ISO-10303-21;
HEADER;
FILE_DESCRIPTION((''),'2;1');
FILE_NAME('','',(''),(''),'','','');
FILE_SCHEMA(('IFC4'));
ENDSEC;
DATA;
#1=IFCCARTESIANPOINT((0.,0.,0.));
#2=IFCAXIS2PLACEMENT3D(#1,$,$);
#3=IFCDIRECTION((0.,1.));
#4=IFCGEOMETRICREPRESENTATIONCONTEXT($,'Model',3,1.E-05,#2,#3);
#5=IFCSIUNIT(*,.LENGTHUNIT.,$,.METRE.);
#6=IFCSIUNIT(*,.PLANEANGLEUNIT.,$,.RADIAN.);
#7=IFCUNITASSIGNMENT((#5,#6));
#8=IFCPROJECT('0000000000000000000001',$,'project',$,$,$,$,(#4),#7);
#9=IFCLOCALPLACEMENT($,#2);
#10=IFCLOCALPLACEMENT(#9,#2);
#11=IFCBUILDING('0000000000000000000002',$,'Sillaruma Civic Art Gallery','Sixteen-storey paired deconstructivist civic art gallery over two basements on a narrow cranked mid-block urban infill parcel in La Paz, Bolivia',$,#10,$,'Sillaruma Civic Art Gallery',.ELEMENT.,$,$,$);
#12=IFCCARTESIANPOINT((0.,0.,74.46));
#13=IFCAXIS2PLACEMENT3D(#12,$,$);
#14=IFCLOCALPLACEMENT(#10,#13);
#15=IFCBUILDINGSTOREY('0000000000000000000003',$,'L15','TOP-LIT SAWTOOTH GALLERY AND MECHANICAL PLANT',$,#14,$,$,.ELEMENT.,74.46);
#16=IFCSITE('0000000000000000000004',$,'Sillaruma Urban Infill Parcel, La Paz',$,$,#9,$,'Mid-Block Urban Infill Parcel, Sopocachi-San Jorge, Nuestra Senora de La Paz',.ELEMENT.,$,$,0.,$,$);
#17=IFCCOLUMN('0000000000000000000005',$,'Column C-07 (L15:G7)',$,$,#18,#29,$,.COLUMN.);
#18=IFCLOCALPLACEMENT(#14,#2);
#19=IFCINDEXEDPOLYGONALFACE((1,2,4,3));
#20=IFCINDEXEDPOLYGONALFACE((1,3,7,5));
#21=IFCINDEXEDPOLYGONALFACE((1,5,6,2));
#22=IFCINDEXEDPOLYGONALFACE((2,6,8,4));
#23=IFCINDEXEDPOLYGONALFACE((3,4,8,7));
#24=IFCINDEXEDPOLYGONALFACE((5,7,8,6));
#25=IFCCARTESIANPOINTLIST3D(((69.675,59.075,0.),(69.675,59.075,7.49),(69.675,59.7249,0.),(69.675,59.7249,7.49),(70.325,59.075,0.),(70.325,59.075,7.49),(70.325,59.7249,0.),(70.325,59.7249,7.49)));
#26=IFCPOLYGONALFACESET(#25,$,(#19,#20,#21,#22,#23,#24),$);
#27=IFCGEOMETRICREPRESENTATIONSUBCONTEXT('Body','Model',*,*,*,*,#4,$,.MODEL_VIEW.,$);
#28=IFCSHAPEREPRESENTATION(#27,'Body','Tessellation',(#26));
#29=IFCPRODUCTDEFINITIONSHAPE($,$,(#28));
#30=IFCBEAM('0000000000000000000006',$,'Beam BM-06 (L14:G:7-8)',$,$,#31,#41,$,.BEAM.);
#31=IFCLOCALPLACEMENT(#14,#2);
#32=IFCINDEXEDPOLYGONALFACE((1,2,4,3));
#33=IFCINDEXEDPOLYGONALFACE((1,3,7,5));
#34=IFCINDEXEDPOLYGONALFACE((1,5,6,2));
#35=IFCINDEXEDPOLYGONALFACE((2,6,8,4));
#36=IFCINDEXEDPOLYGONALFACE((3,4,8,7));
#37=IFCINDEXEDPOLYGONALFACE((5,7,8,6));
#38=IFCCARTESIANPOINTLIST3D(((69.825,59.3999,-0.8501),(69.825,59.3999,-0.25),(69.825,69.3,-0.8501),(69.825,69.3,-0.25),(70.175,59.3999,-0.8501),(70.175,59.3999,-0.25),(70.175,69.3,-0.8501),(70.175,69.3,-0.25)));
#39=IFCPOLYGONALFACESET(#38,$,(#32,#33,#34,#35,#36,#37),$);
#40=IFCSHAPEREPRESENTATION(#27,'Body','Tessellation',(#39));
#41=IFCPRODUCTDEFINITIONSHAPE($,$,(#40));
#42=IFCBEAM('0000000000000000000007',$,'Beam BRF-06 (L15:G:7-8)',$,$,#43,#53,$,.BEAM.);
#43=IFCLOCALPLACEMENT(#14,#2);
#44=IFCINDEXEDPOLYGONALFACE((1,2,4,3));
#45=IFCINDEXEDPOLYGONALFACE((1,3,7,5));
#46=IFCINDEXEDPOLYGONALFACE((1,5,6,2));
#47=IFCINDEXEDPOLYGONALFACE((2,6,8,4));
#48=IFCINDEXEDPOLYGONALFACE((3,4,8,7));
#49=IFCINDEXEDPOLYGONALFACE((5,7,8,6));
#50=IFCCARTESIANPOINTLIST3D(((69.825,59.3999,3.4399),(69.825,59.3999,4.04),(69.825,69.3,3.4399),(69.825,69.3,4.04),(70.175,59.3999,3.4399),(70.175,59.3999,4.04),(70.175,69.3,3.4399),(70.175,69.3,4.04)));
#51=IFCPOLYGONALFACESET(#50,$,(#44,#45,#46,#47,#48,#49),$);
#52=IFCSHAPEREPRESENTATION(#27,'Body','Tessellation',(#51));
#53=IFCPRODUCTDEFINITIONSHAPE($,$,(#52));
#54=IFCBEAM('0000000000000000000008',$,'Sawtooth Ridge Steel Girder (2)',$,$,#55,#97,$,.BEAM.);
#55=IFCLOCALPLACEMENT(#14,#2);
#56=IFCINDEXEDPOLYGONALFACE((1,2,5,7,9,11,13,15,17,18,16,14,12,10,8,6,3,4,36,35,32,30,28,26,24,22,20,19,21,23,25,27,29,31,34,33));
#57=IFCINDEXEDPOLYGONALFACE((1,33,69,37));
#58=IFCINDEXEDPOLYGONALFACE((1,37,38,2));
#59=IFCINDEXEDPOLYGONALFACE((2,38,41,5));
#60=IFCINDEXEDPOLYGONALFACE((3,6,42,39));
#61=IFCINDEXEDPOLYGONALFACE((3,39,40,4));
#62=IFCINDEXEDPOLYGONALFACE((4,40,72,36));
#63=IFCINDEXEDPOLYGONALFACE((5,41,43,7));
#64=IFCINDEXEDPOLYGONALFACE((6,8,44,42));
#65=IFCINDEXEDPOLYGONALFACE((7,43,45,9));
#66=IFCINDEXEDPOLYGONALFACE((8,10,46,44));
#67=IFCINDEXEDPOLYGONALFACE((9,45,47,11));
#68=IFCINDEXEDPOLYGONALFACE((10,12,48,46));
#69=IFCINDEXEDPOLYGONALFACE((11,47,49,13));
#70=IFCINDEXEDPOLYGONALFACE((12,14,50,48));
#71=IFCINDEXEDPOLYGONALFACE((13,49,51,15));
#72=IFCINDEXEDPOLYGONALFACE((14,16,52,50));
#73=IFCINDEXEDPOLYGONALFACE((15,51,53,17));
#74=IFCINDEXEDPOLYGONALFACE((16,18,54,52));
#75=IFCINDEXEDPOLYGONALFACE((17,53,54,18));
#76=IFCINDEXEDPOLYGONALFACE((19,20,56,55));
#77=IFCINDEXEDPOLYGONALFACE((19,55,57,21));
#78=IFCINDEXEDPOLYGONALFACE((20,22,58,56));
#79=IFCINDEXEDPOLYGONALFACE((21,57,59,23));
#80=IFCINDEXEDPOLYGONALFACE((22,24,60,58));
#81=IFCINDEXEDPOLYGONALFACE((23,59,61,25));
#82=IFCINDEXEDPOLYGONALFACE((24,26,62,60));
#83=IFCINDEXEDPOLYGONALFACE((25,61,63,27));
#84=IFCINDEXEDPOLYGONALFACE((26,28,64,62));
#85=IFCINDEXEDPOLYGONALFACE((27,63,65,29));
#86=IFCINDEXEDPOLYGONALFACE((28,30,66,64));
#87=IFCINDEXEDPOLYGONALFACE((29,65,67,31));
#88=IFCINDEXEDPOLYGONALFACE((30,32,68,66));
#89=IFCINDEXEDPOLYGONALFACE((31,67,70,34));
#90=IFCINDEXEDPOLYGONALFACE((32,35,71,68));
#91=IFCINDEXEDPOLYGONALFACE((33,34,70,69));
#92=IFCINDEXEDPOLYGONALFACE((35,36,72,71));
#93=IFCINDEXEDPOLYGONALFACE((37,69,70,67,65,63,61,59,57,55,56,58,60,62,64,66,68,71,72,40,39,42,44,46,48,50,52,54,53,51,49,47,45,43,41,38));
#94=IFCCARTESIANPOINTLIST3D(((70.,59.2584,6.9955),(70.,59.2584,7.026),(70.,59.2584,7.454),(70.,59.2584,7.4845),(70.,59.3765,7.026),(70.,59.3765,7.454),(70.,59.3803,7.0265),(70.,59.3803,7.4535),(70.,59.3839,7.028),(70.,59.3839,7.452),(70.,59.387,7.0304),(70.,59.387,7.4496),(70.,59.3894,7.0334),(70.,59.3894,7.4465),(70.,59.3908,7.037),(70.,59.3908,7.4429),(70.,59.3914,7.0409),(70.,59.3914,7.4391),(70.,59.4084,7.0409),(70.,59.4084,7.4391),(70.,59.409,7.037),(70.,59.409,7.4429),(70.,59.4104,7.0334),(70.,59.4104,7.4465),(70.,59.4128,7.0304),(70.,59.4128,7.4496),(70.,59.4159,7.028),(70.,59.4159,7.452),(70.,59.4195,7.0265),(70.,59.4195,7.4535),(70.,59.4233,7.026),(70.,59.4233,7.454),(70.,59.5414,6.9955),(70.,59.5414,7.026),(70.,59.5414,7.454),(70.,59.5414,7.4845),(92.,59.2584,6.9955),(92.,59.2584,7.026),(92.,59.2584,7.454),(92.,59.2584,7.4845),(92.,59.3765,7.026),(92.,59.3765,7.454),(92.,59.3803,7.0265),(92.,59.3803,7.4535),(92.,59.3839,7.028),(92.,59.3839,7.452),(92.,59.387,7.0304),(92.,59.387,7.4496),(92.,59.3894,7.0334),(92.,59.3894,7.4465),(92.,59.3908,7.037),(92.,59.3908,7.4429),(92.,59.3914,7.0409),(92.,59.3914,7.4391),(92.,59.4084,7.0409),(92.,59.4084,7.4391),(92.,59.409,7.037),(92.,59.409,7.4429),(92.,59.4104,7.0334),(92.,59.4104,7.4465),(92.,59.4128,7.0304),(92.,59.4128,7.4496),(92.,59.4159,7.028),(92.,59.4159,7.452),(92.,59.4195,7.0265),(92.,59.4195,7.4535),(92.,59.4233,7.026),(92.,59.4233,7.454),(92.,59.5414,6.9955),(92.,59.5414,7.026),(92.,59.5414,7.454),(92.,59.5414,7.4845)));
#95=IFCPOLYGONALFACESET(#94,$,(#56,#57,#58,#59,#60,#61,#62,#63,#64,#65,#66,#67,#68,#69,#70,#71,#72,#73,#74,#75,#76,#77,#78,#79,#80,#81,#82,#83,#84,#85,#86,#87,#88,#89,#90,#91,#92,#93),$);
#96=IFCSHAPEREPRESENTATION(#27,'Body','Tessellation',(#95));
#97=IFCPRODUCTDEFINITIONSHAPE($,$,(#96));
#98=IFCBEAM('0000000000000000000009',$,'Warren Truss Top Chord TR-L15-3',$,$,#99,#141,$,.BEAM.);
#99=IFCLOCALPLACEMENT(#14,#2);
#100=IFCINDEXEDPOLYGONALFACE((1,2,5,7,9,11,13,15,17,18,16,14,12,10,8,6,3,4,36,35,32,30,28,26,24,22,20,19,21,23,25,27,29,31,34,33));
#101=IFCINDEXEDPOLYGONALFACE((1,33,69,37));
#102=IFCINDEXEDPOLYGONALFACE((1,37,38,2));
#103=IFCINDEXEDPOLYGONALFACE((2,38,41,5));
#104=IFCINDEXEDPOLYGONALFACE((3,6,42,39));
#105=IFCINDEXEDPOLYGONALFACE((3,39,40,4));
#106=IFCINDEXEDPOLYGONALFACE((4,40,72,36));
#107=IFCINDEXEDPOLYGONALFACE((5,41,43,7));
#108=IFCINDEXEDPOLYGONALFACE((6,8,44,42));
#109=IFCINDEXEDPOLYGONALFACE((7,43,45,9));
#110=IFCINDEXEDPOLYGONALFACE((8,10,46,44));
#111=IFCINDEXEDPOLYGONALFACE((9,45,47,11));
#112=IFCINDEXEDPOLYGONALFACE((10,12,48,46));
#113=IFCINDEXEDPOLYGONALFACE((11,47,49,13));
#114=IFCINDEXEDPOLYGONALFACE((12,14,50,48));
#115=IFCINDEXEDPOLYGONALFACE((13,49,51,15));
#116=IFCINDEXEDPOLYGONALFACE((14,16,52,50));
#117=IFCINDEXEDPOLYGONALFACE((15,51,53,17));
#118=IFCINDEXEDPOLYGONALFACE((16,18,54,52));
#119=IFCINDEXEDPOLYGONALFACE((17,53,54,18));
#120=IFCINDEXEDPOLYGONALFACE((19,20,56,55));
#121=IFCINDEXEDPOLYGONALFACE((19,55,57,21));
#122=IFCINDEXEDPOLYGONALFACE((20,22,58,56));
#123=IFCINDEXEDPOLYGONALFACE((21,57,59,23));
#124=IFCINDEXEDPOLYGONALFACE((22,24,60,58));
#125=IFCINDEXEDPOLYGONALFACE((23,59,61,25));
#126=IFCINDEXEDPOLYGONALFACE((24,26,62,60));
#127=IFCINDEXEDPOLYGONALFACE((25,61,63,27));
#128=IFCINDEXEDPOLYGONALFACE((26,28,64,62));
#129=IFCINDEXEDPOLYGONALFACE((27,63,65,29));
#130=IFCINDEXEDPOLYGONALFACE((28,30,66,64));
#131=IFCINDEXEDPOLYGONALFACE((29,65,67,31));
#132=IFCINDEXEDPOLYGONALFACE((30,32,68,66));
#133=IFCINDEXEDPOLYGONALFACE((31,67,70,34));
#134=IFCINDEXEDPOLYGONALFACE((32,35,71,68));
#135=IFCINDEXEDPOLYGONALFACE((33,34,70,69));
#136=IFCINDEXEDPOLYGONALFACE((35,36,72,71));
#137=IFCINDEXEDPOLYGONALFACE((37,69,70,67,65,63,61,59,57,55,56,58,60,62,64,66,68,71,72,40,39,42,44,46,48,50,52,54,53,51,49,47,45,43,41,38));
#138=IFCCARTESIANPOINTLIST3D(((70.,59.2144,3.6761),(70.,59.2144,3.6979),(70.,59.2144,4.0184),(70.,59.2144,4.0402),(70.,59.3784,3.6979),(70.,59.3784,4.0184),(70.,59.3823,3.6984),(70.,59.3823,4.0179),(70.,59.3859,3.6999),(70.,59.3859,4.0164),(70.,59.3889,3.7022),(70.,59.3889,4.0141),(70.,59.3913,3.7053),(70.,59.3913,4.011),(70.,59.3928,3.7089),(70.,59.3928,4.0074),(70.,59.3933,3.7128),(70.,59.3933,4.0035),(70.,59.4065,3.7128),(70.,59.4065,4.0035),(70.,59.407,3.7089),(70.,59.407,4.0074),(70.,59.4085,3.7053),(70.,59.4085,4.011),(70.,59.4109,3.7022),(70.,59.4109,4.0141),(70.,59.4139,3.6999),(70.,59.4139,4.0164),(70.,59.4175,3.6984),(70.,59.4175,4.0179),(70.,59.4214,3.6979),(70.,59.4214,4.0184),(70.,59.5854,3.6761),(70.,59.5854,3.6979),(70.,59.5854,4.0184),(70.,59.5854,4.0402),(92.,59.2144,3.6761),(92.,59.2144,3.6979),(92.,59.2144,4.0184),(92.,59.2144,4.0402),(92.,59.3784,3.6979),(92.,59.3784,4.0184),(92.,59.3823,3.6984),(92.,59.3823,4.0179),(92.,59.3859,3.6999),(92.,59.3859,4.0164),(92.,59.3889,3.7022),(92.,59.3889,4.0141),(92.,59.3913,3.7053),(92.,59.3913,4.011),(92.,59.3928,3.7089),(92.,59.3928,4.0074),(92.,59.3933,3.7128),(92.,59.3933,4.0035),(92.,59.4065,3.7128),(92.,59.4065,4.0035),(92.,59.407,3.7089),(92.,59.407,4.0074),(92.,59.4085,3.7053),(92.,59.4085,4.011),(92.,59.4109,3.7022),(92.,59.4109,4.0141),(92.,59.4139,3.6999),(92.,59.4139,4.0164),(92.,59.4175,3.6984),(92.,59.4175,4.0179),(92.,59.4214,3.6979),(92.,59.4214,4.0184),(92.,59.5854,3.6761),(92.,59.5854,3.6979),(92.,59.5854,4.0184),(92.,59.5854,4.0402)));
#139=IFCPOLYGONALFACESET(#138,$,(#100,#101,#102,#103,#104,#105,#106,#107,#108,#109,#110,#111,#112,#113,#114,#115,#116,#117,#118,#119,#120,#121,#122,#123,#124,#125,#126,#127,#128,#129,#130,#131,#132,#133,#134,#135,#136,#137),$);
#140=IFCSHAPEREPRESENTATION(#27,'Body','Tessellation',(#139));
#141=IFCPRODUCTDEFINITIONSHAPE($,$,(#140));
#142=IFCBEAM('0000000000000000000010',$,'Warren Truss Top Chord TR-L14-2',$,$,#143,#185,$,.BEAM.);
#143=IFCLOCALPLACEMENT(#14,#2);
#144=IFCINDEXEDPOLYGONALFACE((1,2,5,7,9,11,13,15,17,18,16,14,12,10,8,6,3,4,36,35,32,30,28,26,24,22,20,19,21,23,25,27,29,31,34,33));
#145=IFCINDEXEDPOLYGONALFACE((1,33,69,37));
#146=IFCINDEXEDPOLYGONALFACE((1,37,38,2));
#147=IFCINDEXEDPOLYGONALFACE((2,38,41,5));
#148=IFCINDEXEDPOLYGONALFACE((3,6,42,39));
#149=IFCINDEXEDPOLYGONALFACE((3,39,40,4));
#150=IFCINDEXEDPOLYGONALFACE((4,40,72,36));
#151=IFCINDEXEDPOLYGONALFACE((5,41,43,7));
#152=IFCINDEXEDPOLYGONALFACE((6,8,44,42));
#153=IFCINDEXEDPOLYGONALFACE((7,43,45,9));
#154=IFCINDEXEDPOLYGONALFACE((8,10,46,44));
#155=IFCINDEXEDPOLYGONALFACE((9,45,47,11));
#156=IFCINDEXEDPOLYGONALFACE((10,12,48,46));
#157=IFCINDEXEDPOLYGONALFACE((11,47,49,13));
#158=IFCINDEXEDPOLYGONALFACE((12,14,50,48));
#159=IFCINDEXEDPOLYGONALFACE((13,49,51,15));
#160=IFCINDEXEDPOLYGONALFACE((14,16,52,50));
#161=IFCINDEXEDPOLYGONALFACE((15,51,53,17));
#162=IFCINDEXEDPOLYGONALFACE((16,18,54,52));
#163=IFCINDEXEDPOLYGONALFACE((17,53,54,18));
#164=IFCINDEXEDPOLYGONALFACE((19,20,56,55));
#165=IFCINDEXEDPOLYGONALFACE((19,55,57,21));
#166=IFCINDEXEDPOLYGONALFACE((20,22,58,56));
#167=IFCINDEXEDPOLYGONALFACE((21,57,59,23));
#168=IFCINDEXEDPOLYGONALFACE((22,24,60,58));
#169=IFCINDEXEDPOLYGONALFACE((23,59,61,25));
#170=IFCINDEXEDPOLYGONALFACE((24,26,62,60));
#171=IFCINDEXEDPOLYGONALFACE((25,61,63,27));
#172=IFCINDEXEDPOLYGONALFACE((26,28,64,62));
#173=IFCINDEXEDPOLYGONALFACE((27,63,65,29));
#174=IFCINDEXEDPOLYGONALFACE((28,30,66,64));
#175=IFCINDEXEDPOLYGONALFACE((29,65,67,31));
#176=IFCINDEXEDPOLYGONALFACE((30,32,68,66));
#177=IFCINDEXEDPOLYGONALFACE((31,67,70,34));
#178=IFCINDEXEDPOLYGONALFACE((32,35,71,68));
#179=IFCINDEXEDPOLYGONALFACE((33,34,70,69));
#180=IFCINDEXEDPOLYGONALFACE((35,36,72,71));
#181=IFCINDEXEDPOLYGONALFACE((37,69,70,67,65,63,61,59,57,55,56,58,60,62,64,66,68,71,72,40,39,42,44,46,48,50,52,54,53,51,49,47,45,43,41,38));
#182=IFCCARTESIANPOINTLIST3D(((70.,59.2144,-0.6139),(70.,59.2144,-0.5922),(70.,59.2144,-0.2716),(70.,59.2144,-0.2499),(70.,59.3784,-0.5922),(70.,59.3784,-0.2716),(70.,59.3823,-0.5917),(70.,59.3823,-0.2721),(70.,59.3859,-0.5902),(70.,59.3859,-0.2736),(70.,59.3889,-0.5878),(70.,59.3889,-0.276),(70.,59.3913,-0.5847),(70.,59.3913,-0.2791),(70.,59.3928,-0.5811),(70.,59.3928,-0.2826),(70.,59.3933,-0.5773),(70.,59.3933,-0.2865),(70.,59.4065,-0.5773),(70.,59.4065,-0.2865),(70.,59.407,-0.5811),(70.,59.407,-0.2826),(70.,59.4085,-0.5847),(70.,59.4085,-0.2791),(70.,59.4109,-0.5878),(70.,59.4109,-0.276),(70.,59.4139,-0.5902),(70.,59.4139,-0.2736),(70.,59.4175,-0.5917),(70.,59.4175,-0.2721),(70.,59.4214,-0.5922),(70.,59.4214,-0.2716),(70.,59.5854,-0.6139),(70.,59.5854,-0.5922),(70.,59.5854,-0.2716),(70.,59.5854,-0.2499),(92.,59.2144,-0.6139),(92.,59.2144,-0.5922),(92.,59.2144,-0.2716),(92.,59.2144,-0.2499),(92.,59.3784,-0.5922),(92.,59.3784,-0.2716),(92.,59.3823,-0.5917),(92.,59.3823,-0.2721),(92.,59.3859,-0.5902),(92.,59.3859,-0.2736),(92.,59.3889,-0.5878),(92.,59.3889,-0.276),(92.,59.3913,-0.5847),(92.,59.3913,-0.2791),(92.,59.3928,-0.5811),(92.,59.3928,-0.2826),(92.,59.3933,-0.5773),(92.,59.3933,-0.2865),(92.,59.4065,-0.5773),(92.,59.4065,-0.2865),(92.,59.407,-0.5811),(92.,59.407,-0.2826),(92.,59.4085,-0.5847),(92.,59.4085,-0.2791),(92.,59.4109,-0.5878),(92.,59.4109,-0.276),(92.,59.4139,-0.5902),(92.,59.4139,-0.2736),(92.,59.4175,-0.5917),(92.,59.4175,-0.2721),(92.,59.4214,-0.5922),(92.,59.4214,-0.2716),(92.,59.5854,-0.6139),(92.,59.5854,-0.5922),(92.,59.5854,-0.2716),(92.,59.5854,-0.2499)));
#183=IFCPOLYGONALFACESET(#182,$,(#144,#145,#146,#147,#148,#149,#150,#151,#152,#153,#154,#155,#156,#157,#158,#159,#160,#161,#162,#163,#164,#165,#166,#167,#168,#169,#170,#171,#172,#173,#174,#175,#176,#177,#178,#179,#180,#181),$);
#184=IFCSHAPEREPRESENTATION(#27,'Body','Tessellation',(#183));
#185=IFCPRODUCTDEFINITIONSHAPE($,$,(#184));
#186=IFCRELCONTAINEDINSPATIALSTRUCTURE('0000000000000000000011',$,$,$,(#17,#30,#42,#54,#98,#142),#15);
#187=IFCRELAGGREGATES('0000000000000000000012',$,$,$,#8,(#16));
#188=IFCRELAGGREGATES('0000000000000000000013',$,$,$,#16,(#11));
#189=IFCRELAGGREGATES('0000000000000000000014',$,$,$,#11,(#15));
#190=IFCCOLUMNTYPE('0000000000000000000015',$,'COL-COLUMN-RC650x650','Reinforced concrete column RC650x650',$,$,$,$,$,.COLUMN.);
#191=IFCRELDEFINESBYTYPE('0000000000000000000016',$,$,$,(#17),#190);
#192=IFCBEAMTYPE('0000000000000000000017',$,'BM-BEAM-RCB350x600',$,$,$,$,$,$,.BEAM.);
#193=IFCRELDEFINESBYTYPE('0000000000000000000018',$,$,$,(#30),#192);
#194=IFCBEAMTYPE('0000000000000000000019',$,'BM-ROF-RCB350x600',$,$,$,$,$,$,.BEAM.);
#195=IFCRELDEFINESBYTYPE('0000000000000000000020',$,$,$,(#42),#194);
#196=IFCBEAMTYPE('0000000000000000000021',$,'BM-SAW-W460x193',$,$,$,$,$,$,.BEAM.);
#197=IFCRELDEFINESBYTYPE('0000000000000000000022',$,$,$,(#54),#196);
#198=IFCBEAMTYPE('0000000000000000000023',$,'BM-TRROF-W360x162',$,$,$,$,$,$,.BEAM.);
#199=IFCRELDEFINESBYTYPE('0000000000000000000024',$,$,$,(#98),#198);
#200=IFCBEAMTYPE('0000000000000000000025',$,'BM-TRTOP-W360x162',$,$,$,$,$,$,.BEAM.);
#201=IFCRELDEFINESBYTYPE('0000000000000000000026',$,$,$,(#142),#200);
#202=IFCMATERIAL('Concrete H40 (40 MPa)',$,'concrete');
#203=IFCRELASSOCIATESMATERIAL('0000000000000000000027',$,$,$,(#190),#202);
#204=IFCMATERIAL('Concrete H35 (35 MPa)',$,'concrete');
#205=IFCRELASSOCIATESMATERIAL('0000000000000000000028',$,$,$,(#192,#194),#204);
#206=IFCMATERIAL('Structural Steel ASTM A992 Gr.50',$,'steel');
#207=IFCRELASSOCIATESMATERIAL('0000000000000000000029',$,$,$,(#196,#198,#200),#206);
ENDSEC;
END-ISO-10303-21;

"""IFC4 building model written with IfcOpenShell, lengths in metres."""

from ifc_helpers import new_model, si_unit, direction, frame, origin, origin_2d, place, context, subcontext, project, spatial, rectangle, i_section, extrude, material, material_profile, profile_set, type_object, element, save


model = new_model("IFC4")

# Units and contexts
model_context = context("Model", 3, precision=1e-05, world=origin(), true_north=direction((0.0, 1.0)))
body_context = subcontext(model_context, "Body", "Model", "MODEL_VIEW")
ifc_project = project(units=[si_unit("LENGTHUNIT", "METRE"), si_unit("PLANEANGLEUNIT", "RADIAN")], contexts=[model_context])

# Site, building, storey
site_placement = place(None, origin())
site = spatial("IfcSite", under=ifc_project, at=site_placement, Name="Sillaruma Urban Infill Parcel, La Paz", LongName="Mid-Block Urban Infill Parcel, Sopocachi-San Jorge, Nuestra Senora de La Paz", CompositionType="ELEMENT", RefElevation=0.0)
building_placement = place(site_placement, origin())
building = spatial("IfcBuilding", under=site, at=building_placement, Name="Sillaruma Civic Art Gallery", Description="Sixteen-storey paired deconstructivist civic art gallery over two basements on a narrow cranked mid-block urban infill parcel in La Paz, Bolivia", LongName="Sillaruma Civic Art Gallery", CompositionType="ELEMENT")
storey_placement = place(building_placement, frame((0.0, 0.0, 74.46)))
storey = spatial("IfcBuildingStorey", under=building, at=storey_placement, Name="L15", Description="TOP-LIT SAWTOOTH GALLERY AND MECHANICAL PLANT", CompositionType="ELEMENT", Elevation=74.46)

# Column
ifc_material_1 = material(Name="Concrete H40 (40 MPa)", Category="concrete")
ifc_material_profile_1 = material_profile(ifc_material_1, rectangle(XDim=0.6499, YDim=0.6499, at=origin_2d()), Name="RC650x650")
ifc_profile_set_1 = profile_set([ifc_material_profile_1], Name="Concrete H40 (40 MPa)")
column_type = type_object("IfcColumnType", Name="COL-COLUMN-RC650x650", Description="Reinforced concrete column RC650x650", PredefinedType="COLUMN", material=ifc_profile_set_1)
column_placement = place(storey_placement, frame((70.0, 59.3999, 0.0), z_axis=(0.0, 0.0, 1.0), x_axis=(1.0, 0.0, 0.0)))
element("IfcColumn", 1, at=column_placement, inside=storey, type_object=column_type, Name="Column C-07 (L15:G7)", PredefinedType="COLUMN", context=body_context, shape_type="SweptSolid", body=[
    extrude(rectangle(XDim=0.6499, YDim=0.6499, at=origin_2d()), origin(), (0.0, 0.0, 1.0), 7.49),
])

# Beams
ifc_material_2 = material(Name="Concrete H35 (35 MPa)", Category="concrete")
ifc_material_profile_2 = material_profile(ifc_material_2, rectangle(XDim=0.3501, YDim=0.6001, at=origin_2d()), Name="RCB350x600")
ifc_profile_set_2 = profile_set([ifc_material_profile_2], Name="Concrete H35 (35 MPa)")
beam_type_1 = type_object("IfcBeamType", Name="BM-BEAM-RCB350x600", PredefinedType="BEAM", material=ifc_profile_set_2)
beam_1_placement = place(storey_placement, frame((70.0, 59.3999, -0.55), z_axis=(0.0, 1.0, 0.0), x_axis=(-1.0, 0.0, 0.0)))
element("IfcBeam", 2, at=beam_1_placement, inside=storey, type_object=beam_type_1, Name="Beam BM-06 (L14:G:7-8)", PredefinedType="BEAM", context=body_context, shape_type="SweptSolid", body=[
    extrude(rectangle(XDim=0.3501, YDim=0.6001, at=origin_2d()), origin(), (0.0, 0.0, 1.0), 9.9001),
])
ifc_material_profile_3 = material_profile(ifc_material_2, rectangle(XDim=0.3501, YDim=0.6001, at=origin_2d()), Name="RCB350x600")
ifc_profile_set_3 = profile_set([ifc_material_profile_3], Name="Concrete H35 (35 MPa)")
beam_type_2 = type_object("IfcBeamType", Name="BM-ROF-RCB350x600", PredefinedType="BEAM", material=ifc_profile_set_3)
beam_2_placement = place(storey_placement, frame((70.0, 59.3999, 3.74), z_axis=(0.0, 1.0, 0.0), x_axis=(-1.0, 0.0, 0.0)))
element("IfcBeam", 3, at=beam_2_placement, inside=storey, type_object=beam_type_2, Name="Beam BRF-06 (L15:G:7-8)", PredefinedType="BEAM", context=body_context, shape_type="SweptSolid", body=[
    extrude(rectangle(XDim=0.3501, YDim=0.6001, at=origin_2d()), origin(), (0.0, 0.0, 1.0), 9.9001),
])
ifc_material_3 = material(Name="Structural Steel ASTM A992 Gr.50", Category="steel")
ifc_material_profile_4 = material_profile(ifc_material_3, i_section(OverallWidth=0.283, OverallDepth=0.489, WebThickness=0.0171, FlangeThickness=0.0305, FilletRadius=0.0149, at=origin_2d()), Name="W460x193")
ifc_profile_set_4 = profile_set([ifc_material_profile_4], Name="Structural Steel ASTM A992 Gr.50")
beam_type_3 = type_object("IfcBeamType", Name="BM-SAW-W460x193", PredefinedType="BEAM", material=ifc_profile_set_4)
beam_3_placement = place(storey_placement, frame((70.0, 59.3999, 7.24), z_axis=(1.0, 0.0, 0.0), x_axis=(0.0, 1.0, 0.0)))
element("IfcBeam", 4, at=beam_3_placement, inside=storey, type_object=beam_type_3, Name="Sawtooth Ridge Steel Girder (2)", PredefinedType="BEAM", context=body_context, shape_type="SweptSolid", body=[
    extrude(i_section(OverallWidth=0.283, OverallDepth=0.489, WebThickness=0.0171, FlangeThickness=0.0305, FilletRadius=0.0149, at=origin_2d()), origin(), (0.0, 0.0, 1.0), 22.0),
])
ifc_material_profile_5 = material_profile(ifc_material_3, i_section(OverallWidth=0.3711, OverallDepth=0.364, WebThickness=0.0132, FlangeThickness=0.0217, FilletRadius=0.0149, at=origin_2d()), Name="W360x162")
ifc_profile_set_5 = profile_set([ifc_material_profile_5], Name="Structural Steel ASTM A992 Gr.50")
beam_type_4 = type_object("IfcBeamType", Name="BM-TRROF-W360x162", PredefinedType="BEAM", material=ifc_profile_set_5)
beam_4_placement = place(storey_placement, frame((70.0, 59.3999, 3.8582), z_axis=(1.0, 0.0, 0.0), x_axis=(0.0, 1.0, 0.0)))
element("IfcBeam", 5, at=beam_4_placement, inside=storey, type_object=beam_type_4, Name="Warren Truss Top Chord TR-L15-3", PredefinedType="BEAM", context=body_context, shape_type="SweptSolid", body=[
    extrude(i_section(OverallWidth=0.3711, OverallDepth=0.364, WebThickness=0.0132, FlangeThickness=0.0217, FilletRadius=0.0149, at=origin_2d()), origin(), (0.0, 0.0, 1.0), 22.0),
])
ifc_material_profile_6 = material_profile(ifc_material_3, i_section(OverallWidth=0.3711, OverallDepth=0.364, WebThickness=0.0132, FlangeThickness=0.0217, FilletRadius=0.0149, at=origin_2d()), Name="W360x162")
ifc_profile_set_6 = profile_set([ifc_material_profile_6], Name="Structural Steel ASTM A992 Gr.50")
beam_type_5 = type_object("IfcBeamType", Name="BM-TRTOP-W360x162", PredefinedType="BEAM", material=ifc_profile_set_6)
beam_5_placement = place(storey_placement, frame((70.0, 59.3999, -0.4319), z_axis=(1.0, 0.0, 0.0), x_axis=(0.0, 1.0, 0.0)))
element("IfcBeam", 6, at=beam_5_placement, inside=storey, type_object=beam_type_5, Name="Warren Truss Top Chord TR-L14-2", PredefinedType="BEAM", context=body_context, shape_type="SweptSolid", body=[
    extrude(i_section(OverallWidth=0.3711, OverallDepth=0.364, WebThickness=0.0132, FlangeThickness=0.0217, FilletRadius=0.0149, at=origin_2d()), origin(), (0.0, 0.0, 1.0), 22.0),
])

save(model, "model.ifc")
